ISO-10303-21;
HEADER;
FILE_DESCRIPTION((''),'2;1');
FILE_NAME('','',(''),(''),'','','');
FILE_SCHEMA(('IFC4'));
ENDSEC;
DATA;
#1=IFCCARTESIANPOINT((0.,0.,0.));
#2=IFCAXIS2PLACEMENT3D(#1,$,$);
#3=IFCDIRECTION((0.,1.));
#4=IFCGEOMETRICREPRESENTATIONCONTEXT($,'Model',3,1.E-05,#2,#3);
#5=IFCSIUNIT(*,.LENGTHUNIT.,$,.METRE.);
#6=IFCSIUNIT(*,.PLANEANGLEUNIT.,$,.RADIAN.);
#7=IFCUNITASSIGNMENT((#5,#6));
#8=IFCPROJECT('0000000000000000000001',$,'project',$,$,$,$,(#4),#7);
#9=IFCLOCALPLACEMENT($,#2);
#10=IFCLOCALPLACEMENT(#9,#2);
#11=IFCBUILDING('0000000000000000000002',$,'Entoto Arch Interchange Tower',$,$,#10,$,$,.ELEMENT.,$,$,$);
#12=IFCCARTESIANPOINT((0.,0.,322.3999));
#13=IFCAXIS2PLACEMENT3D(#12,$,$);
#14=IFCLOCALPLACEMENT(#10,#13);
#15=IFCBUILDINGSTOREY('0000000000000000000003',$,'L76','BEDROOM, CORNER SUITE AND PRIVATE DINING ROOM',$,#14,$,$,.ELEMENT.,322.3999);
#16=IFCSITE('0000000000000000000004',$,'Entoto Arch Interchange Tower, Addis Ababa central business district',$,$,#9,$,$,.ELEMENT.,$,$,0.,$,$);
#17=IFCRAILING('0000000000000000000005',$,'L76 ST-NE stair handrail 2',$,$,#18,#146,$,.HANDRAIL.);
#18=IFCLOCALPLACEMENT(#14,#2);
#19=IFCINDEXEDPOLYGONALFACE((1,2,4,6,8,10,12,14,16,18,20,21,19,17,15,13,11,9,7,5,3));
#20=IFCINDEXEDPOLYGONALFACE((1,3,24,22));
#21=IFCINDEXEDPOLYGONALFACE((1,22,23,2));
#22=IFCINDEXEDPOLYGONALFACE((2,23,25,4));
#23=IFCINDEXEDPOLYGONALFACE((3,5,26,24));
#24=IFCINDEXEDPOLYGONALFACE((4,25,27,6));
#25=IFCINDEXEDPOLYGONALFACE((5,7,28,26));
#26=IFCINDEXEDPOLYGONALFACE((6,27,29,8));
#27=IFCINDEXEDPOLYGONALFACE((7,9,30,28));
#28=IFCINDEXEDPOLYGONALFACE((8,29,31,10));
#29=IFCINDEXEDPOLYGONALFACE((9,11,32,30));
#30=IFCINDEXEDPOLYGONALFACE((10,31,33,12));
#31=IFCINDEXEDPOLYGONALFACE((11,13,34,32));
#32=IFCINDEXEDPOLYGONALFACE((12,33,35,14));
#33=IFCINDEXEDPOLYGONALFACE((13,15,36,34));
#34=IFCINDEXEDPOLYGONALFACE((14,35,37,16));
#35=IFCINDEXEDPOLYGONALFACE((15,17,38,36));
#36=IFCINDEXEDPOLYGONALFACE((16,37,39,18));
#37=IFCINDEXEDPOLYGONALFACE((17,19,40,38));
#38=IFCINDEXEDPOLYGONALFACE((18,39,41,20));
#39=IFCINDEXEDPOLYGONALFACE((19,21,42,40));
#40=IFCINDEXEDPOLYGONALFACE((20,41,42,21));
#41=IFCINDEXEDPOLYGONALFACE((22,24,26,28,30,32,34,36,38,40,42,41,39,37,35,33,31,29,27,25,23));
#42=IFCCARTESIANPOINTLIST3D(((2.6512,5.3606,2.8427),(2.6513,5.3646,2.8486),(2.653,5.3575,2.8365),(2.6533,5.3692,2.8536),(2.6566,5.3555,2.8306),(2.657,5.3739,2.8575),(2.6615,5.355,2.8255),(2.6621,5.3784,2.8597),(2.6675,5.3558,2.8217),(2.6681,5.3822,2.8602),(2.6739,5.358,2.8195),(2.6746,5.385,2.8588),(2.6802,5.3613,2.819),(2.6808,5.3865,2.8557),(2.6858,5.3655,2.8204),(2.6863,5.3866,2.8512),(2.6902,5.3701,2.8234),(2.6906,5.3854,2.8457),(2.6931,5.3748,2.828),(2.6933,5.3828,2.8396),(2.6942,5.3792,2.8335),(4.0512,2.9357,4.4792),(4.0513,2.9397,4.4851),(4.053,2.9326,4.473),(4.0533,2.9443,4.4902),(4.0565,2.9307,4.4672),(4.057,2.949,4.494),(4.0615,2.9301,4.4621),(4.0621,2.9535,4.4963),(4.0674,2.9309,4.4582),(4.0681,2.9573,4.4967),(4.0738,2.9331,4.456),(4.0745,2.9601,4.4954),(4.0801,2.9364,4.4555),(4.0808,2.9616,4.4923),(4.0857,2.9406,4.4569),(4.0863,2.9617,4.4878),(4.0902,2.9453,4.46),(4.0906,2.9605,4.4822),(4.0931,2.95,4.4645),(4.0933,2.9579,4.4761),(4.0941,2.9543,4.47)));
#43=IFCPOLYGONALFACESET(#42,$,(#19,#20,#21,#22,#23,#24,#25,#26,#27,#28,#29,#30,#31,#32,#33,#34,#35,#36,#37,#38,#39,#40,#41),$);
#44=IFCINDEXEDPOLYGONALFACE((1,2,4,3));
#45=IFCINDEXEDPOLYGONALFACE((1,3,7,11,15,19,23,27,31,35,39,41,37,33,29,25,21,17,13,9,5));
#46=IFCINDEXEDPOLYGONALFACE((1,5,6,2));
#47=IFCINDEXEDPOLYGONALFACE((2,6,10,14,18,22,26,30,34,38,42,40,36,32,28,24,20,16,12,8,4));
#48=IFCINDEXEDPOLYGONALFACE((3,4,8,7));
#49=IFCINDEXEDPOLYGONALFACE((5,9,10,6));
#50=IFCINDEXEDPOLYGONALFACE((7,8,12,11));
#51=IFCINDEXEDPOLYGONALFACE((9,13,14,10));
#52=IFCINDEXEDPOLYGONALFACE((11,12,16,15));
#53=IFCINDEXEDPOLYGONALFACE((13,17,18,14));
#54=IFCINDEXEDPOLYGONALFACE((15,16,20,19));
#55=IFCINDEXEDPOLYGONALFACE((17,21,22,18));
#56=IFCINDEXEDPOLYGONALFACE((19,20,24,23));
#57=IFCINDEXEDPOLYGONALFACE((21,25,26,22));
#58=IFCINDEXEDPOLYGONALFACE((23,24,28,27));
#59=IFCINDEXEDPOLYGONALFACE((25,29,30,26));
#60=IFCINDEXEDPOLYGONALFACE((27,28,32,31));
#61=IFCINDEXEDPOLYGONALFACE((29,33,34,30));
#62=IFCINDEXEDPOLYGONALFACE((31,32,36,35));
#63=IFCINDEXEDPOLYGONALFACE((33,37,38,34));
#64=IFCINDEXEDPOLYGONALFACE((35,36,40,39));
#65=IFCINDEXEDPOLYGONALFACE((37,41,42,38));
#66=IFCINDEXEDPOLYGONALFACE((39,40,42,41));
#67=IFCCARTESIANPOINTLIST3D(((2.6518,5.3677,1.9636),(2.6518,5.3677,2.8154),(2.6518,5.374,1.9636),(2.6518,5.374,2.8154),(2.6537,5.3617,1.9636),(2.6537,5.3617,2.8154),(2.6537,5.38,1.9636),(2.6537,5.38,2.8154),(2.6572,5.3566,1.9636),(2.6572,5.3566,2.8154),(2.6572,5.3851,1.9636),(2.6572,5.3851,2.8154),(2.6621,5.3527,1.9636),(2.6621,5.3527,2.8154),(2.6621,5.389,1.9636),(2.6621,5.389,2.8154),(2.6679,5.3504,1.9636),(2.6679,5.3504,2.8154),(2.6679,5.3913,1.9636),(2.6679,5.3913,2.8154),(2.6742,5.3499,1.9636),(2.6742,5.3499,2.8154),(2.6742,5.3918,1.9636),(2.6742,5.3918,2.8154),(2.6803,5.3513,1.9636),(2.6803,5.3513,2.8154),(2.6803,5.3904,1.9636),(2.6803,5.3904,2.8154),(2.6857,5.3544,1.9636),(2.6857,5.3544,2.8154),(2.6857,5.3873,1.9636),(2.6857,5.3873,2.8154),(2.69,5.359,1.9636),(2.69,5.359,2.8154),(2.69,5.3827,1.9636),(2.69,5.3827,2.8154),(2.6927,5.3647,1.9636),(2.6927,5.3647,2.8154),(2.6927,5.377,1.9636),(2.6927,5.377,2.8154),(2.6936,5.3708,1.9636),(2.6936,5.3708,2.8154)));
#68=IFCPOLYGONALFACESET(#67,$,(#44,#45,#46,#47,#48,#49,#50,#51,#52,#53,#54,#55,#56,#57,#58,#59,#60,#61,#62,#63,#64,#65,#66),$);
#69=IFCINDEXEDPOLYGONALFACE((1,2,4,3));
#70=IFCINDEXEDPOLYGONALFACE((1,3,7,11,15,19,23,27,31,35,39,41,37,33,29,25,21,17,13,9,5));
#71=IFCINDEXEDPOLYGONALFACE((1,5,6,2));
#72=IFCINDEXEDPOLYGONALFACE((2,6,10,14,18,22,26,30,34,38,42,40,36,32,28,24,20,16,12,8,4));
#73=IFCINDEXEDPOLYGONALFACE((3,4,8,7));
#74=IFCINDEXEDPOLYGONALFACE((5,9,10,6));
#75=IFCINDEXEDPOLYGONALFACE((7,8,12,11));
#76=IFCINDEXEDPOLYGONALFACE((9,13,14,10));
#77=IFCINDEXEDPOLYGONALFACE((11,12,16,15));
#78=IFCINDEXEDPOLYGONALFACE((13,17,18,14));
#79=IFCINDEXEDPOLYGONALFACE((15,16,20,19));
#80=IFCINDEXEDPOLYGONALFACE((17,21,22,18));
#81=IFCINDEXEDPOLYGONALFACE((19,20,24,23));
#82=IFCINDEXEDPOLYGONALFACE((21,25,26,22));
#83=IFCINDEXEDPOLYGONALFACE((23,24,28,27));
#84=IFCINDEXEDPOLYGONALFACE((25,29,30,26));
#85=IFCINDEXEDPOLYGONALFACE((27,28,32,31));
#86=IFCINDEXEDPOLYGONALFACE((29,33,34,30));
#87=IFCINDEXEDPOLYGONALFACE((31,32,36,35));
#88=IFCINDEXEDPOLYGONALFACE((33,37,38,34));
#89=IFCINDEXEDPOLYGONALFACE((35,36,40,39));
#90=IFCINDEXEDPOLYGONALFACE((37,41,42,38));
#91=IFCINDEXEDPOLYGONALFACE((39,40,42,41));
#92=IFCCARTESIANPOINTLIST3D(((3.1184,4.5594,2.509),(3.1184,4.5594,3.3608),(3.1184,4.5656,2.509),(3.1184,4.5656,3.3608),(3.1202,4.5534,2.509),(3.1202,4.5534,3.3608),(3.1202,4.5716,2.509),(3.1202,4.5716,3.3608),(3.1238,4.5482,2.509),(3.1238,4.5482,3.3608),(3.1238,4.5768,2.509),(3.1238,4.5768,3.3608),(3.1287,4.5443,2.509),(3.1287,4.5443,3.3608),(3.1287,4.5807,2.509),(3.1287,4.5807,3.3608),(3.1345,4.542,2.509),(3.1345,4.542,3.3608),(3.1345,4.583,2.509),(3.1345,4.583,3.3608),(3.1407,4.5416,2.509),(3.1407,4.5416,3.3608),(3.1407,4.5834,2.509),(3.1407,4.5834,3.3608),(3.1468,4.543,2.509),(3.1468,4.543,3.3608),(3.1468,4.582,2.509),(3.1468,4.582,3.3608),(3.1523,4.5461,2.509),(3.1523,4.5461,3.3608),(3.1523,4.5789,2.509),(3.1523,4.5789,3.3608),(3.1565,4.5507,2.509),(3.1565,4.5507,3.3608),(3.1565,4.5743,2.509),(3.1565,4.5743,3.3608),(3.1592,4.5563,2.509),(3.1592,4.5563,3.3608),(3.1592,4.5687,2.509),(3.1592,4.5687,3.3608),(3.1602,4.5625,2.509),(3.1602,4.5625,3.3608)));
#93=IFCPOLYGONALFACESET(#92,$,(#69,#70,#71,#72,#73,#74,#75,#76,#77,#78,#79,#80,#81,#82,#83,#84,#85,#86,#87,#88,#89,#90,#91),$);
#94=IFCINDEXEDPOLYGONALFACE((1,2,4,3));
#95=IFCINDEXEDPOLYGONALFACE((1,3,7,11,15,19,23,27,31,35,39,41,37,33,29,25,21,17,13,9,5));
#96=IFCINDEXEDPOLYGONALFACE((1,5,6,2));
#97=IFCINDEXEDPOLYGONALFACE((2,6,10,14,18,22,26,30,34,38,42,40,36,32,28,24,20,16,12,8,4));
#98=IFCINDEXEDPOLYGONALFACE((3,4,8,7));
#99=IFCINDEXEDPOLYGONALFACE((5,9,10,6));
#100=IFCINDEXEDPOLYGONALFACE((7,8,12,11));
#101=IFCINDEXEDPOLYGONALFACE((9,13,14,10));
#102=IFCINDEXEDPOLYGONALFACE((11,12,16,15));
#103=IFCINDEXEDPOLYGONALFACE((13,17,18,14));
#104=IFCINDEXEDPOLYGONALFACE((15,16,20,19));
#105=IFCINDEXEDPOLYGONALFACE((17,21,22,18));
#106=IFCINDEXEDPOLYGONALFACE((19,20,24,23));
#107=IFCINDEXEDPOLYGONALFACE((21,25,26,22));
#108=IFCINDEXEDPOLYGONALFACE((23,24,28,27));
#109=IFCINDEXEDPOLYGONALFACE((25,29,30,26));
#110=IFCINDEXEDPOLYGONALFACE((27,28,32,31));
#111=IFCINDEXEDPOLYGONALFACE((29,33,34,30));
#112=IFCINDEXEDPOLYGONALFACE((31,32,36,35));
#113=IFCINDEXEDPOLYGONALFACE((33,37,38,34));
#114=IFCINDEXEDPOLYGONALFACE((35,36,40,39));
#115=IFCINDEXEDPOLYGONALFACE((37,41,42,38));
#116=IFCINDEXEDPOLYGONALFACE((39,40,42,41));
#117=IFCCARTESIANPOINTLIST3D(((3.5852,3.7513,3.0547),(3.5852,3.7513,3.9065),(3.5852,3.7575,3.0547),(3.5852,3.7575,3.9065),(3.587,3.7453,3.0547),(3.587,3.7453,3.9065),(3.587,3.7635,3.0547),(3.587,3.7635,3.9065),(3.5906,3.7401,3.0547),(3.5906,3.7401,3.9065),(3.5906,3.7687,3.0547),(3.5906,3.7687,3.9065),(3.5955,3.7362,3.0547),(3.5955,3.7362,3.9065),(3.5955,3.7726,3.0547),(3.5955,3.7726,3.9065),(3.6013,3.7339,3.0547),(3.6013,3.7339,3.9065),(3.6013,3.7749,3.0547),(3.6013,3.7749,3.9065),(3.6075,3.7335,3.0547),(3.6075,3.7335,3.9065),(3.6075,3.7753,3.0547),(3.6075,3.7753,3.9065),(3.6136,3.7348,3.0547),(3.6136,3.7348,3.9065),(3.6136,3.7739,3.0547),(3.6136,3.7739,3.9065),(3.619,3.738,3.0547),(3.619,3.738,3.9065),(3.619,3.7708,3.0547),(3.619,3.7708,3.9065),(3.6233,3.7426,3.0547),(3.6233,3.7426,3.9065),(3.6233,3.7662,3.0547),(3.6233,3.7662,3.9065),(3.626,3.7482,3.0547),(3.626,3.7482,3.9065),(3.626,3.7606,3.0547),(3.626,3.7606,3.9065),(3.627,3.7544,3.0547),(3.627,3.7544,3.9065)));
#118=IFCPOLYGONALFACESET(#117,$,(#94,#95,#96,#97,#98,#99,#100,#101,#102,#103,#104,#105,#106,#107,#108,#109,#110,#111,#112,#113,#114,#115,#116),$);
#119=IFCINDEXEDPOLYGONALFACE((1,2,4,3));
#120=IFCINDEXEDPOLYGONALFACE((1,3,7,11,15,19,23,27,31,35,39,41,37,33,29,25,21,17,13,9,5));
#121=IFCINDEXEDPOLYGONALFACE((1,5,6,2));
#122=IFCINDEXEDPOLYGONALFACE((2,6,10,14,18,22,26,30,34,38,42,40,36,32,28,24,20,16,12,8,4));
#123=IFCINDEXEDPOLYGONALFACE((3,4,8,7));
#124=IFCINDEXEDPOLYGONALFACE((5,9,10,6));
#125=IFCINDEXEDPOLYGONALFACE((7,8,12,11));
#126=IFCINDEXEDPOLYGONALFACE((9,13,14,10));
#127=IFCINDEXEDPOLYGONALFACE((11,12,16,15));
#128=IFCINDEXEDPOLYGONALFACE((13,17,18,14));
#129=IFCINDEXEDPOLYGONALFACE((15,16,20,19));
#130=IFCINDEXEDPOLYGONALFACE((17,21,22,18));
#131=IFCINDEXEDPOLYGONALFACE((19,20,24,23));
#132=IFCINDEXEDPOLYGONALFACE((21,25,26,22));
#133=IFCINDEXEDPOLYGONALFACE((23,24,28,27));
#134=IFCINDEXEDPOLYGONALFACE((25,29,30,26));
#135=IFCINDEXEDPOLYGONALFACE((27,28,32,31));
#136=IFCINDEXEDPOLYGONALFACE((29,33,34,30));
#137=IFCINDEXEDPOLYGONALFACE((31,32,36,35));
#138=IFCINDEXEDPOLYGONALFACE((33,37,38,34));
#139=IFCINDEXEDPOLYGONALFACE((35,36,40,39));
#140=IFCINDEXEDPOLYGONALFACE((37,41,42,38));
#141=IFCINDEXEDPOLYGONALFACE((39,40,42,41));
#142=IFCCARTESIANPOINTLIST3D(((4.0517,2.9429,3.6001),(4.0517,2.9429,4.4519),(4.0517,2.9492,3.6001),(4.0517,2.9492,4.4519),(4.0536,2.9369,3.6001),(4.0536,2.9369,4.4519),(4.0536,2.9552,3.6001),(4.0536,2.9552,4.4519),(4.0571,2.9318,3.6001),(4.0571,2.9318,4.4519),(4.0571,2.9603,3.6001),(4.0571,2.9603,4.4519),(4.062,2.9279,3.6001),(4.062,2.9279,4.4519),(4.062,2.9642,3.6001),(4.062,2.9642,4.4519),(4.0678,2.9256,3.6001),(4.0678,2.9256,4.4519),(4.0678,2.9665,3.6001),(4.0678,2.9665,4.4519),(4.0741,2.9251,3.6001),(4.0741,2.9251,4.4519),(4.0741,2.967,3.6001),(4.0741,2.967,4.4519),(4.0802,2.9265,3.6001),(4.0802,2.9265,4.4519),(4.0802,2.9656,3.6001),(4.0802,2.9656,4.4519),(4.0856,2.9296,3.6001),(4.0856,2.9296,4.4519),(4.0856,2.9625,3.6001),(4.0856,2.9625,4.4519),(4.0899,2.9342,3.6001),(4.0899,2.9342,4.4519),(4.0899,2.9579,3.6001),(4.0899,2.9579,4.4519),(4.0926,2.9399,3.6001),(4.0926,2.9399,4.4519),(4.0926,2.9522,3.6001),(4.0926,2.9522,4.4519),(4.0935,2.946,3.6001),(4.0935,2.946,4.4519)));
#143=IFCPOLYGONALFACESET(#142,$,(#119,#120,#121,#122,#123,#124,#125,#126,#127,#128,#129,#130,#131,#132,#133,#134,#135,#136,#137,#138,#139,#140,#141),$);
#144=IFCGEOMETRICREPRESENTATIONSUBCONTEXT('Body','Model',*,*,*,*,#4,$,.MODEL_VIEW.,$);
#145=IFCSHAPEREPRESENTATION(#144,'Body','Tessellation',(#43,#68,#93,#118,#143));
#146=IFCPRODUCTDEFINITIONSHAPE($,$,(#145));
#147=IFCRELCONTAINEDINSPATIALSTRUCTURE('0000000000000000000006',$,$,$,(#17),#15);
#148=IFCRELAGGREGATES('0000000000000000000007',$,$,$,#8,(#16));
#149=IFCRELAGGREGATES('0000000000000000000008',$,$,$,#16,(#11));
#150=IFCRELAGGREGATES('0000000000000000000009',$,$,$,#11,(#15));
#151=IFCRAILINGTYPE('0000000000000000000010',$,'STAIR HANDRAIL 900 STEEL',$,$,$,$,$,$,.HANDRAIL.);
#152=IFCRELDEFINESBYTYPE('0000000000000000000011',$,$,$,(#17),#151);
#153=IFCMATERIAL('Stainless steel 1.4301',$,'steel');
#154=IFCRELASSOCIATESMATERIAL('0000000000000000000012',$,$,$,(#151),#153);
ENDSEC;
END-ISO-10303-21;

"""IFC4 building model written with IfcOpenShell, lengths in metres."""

from ifc_helpers import new_model, si_unit, direction, frame, origin, origin_2d, place, context, subcontext, project, spatial, circle, extrude, material, type_object, element, save


model = new_model("IFC4")

# Units and contexts
model_context = context("Model", 3, precision=1e-05, world=origin(), true_north=direction((0.0, 1.0)))
body_context = subcontext(model_context, "Body", "Model", "MODEL_VIEW")
ifc_project = project(units=[si_unit("LENGTHUNIT", "METRE"), si_unit("PLANEANGLEUNIT", "RADIAN")], contexts=[model_context])

# Site, building, storey
site_placement = place(None, origin())
site = spatial("IfcSite", under=ifc_project, at=site_placement, Name="Entoto Arch Interchange Tower, Addis Ababa central business district", CompositionType="ELEMENT", RefElevation=0.0)
building_placement = place(site_placement, origin())
building = spatial("IfcBuilding", under=site, at=building_placement, Name="Entoto Arch Interchange Tower", CompositionType="ELEMENT")
storey_placement = place(building_placement, frame((0.0, 0.0, 322.3999)))
storey = spatial("IfcBuildingStorey", under=building, at=storey_placement, Name="L76", Description="BEDROOM, CORNER SUITE AND PRIVATE DINING ROOM", CompositionType="ELEMENT", Elevation=322.3999)

# Railing
ifc_material_1 = material(Name="Stainless steel 1.4301", Category="steel")
railing_type_1 = type_object("IfcRailingType", Name="STAIR HANDRAIL 900 STEEL", PredefinedType="HANDRAIL", material=ifc_material_1)
railing_1_placement = place(storey_placement, frame((2.6726, 5.3708, 1.9636)))
element("IfcRailing", 1, at=railing_1_placement, inside=storey, type_object=railing_type_1, Name="L76 ST-NE stair handrail 2", PredefinedType="HANDRAIL", context=body_context, shape_type="SweptSolid", body=[
    extrude(circle(Radius=0.0239, at=origin_2d()), frame((0.0, 0.0, 0.876), z_axis=(0.431661, -0.74769, 0.504608), x_axis=(0.866035, 0.499984, 0.0)), (0.0, 0.0, 1.0), 3.2432),
    extrude(circle(Radius=0.021, at=origin_2d()), origin(), (0.0, 0.0, 1.0), 0.8518),
    extrude(circle(Radius=0.021, at=origin_2d()), frame((0.4666, -0.8083, 0.5454)), (0.0, 0.0, 1.0), 0.8518),
    extrude(circle(Radius=0.021, at=origin_2d()), frame((0.9333, -1.6165, 1.0911)), (0.0, 0.0, 1.0), 0.8518),
    extrude(circle(Radius=0.021, at=origin_2d()), frame((1.3999, -2.4248, 1.6365)), (0.0, 0.0, 1.0), 0.8518),
])

save(model, "model.ifc")
